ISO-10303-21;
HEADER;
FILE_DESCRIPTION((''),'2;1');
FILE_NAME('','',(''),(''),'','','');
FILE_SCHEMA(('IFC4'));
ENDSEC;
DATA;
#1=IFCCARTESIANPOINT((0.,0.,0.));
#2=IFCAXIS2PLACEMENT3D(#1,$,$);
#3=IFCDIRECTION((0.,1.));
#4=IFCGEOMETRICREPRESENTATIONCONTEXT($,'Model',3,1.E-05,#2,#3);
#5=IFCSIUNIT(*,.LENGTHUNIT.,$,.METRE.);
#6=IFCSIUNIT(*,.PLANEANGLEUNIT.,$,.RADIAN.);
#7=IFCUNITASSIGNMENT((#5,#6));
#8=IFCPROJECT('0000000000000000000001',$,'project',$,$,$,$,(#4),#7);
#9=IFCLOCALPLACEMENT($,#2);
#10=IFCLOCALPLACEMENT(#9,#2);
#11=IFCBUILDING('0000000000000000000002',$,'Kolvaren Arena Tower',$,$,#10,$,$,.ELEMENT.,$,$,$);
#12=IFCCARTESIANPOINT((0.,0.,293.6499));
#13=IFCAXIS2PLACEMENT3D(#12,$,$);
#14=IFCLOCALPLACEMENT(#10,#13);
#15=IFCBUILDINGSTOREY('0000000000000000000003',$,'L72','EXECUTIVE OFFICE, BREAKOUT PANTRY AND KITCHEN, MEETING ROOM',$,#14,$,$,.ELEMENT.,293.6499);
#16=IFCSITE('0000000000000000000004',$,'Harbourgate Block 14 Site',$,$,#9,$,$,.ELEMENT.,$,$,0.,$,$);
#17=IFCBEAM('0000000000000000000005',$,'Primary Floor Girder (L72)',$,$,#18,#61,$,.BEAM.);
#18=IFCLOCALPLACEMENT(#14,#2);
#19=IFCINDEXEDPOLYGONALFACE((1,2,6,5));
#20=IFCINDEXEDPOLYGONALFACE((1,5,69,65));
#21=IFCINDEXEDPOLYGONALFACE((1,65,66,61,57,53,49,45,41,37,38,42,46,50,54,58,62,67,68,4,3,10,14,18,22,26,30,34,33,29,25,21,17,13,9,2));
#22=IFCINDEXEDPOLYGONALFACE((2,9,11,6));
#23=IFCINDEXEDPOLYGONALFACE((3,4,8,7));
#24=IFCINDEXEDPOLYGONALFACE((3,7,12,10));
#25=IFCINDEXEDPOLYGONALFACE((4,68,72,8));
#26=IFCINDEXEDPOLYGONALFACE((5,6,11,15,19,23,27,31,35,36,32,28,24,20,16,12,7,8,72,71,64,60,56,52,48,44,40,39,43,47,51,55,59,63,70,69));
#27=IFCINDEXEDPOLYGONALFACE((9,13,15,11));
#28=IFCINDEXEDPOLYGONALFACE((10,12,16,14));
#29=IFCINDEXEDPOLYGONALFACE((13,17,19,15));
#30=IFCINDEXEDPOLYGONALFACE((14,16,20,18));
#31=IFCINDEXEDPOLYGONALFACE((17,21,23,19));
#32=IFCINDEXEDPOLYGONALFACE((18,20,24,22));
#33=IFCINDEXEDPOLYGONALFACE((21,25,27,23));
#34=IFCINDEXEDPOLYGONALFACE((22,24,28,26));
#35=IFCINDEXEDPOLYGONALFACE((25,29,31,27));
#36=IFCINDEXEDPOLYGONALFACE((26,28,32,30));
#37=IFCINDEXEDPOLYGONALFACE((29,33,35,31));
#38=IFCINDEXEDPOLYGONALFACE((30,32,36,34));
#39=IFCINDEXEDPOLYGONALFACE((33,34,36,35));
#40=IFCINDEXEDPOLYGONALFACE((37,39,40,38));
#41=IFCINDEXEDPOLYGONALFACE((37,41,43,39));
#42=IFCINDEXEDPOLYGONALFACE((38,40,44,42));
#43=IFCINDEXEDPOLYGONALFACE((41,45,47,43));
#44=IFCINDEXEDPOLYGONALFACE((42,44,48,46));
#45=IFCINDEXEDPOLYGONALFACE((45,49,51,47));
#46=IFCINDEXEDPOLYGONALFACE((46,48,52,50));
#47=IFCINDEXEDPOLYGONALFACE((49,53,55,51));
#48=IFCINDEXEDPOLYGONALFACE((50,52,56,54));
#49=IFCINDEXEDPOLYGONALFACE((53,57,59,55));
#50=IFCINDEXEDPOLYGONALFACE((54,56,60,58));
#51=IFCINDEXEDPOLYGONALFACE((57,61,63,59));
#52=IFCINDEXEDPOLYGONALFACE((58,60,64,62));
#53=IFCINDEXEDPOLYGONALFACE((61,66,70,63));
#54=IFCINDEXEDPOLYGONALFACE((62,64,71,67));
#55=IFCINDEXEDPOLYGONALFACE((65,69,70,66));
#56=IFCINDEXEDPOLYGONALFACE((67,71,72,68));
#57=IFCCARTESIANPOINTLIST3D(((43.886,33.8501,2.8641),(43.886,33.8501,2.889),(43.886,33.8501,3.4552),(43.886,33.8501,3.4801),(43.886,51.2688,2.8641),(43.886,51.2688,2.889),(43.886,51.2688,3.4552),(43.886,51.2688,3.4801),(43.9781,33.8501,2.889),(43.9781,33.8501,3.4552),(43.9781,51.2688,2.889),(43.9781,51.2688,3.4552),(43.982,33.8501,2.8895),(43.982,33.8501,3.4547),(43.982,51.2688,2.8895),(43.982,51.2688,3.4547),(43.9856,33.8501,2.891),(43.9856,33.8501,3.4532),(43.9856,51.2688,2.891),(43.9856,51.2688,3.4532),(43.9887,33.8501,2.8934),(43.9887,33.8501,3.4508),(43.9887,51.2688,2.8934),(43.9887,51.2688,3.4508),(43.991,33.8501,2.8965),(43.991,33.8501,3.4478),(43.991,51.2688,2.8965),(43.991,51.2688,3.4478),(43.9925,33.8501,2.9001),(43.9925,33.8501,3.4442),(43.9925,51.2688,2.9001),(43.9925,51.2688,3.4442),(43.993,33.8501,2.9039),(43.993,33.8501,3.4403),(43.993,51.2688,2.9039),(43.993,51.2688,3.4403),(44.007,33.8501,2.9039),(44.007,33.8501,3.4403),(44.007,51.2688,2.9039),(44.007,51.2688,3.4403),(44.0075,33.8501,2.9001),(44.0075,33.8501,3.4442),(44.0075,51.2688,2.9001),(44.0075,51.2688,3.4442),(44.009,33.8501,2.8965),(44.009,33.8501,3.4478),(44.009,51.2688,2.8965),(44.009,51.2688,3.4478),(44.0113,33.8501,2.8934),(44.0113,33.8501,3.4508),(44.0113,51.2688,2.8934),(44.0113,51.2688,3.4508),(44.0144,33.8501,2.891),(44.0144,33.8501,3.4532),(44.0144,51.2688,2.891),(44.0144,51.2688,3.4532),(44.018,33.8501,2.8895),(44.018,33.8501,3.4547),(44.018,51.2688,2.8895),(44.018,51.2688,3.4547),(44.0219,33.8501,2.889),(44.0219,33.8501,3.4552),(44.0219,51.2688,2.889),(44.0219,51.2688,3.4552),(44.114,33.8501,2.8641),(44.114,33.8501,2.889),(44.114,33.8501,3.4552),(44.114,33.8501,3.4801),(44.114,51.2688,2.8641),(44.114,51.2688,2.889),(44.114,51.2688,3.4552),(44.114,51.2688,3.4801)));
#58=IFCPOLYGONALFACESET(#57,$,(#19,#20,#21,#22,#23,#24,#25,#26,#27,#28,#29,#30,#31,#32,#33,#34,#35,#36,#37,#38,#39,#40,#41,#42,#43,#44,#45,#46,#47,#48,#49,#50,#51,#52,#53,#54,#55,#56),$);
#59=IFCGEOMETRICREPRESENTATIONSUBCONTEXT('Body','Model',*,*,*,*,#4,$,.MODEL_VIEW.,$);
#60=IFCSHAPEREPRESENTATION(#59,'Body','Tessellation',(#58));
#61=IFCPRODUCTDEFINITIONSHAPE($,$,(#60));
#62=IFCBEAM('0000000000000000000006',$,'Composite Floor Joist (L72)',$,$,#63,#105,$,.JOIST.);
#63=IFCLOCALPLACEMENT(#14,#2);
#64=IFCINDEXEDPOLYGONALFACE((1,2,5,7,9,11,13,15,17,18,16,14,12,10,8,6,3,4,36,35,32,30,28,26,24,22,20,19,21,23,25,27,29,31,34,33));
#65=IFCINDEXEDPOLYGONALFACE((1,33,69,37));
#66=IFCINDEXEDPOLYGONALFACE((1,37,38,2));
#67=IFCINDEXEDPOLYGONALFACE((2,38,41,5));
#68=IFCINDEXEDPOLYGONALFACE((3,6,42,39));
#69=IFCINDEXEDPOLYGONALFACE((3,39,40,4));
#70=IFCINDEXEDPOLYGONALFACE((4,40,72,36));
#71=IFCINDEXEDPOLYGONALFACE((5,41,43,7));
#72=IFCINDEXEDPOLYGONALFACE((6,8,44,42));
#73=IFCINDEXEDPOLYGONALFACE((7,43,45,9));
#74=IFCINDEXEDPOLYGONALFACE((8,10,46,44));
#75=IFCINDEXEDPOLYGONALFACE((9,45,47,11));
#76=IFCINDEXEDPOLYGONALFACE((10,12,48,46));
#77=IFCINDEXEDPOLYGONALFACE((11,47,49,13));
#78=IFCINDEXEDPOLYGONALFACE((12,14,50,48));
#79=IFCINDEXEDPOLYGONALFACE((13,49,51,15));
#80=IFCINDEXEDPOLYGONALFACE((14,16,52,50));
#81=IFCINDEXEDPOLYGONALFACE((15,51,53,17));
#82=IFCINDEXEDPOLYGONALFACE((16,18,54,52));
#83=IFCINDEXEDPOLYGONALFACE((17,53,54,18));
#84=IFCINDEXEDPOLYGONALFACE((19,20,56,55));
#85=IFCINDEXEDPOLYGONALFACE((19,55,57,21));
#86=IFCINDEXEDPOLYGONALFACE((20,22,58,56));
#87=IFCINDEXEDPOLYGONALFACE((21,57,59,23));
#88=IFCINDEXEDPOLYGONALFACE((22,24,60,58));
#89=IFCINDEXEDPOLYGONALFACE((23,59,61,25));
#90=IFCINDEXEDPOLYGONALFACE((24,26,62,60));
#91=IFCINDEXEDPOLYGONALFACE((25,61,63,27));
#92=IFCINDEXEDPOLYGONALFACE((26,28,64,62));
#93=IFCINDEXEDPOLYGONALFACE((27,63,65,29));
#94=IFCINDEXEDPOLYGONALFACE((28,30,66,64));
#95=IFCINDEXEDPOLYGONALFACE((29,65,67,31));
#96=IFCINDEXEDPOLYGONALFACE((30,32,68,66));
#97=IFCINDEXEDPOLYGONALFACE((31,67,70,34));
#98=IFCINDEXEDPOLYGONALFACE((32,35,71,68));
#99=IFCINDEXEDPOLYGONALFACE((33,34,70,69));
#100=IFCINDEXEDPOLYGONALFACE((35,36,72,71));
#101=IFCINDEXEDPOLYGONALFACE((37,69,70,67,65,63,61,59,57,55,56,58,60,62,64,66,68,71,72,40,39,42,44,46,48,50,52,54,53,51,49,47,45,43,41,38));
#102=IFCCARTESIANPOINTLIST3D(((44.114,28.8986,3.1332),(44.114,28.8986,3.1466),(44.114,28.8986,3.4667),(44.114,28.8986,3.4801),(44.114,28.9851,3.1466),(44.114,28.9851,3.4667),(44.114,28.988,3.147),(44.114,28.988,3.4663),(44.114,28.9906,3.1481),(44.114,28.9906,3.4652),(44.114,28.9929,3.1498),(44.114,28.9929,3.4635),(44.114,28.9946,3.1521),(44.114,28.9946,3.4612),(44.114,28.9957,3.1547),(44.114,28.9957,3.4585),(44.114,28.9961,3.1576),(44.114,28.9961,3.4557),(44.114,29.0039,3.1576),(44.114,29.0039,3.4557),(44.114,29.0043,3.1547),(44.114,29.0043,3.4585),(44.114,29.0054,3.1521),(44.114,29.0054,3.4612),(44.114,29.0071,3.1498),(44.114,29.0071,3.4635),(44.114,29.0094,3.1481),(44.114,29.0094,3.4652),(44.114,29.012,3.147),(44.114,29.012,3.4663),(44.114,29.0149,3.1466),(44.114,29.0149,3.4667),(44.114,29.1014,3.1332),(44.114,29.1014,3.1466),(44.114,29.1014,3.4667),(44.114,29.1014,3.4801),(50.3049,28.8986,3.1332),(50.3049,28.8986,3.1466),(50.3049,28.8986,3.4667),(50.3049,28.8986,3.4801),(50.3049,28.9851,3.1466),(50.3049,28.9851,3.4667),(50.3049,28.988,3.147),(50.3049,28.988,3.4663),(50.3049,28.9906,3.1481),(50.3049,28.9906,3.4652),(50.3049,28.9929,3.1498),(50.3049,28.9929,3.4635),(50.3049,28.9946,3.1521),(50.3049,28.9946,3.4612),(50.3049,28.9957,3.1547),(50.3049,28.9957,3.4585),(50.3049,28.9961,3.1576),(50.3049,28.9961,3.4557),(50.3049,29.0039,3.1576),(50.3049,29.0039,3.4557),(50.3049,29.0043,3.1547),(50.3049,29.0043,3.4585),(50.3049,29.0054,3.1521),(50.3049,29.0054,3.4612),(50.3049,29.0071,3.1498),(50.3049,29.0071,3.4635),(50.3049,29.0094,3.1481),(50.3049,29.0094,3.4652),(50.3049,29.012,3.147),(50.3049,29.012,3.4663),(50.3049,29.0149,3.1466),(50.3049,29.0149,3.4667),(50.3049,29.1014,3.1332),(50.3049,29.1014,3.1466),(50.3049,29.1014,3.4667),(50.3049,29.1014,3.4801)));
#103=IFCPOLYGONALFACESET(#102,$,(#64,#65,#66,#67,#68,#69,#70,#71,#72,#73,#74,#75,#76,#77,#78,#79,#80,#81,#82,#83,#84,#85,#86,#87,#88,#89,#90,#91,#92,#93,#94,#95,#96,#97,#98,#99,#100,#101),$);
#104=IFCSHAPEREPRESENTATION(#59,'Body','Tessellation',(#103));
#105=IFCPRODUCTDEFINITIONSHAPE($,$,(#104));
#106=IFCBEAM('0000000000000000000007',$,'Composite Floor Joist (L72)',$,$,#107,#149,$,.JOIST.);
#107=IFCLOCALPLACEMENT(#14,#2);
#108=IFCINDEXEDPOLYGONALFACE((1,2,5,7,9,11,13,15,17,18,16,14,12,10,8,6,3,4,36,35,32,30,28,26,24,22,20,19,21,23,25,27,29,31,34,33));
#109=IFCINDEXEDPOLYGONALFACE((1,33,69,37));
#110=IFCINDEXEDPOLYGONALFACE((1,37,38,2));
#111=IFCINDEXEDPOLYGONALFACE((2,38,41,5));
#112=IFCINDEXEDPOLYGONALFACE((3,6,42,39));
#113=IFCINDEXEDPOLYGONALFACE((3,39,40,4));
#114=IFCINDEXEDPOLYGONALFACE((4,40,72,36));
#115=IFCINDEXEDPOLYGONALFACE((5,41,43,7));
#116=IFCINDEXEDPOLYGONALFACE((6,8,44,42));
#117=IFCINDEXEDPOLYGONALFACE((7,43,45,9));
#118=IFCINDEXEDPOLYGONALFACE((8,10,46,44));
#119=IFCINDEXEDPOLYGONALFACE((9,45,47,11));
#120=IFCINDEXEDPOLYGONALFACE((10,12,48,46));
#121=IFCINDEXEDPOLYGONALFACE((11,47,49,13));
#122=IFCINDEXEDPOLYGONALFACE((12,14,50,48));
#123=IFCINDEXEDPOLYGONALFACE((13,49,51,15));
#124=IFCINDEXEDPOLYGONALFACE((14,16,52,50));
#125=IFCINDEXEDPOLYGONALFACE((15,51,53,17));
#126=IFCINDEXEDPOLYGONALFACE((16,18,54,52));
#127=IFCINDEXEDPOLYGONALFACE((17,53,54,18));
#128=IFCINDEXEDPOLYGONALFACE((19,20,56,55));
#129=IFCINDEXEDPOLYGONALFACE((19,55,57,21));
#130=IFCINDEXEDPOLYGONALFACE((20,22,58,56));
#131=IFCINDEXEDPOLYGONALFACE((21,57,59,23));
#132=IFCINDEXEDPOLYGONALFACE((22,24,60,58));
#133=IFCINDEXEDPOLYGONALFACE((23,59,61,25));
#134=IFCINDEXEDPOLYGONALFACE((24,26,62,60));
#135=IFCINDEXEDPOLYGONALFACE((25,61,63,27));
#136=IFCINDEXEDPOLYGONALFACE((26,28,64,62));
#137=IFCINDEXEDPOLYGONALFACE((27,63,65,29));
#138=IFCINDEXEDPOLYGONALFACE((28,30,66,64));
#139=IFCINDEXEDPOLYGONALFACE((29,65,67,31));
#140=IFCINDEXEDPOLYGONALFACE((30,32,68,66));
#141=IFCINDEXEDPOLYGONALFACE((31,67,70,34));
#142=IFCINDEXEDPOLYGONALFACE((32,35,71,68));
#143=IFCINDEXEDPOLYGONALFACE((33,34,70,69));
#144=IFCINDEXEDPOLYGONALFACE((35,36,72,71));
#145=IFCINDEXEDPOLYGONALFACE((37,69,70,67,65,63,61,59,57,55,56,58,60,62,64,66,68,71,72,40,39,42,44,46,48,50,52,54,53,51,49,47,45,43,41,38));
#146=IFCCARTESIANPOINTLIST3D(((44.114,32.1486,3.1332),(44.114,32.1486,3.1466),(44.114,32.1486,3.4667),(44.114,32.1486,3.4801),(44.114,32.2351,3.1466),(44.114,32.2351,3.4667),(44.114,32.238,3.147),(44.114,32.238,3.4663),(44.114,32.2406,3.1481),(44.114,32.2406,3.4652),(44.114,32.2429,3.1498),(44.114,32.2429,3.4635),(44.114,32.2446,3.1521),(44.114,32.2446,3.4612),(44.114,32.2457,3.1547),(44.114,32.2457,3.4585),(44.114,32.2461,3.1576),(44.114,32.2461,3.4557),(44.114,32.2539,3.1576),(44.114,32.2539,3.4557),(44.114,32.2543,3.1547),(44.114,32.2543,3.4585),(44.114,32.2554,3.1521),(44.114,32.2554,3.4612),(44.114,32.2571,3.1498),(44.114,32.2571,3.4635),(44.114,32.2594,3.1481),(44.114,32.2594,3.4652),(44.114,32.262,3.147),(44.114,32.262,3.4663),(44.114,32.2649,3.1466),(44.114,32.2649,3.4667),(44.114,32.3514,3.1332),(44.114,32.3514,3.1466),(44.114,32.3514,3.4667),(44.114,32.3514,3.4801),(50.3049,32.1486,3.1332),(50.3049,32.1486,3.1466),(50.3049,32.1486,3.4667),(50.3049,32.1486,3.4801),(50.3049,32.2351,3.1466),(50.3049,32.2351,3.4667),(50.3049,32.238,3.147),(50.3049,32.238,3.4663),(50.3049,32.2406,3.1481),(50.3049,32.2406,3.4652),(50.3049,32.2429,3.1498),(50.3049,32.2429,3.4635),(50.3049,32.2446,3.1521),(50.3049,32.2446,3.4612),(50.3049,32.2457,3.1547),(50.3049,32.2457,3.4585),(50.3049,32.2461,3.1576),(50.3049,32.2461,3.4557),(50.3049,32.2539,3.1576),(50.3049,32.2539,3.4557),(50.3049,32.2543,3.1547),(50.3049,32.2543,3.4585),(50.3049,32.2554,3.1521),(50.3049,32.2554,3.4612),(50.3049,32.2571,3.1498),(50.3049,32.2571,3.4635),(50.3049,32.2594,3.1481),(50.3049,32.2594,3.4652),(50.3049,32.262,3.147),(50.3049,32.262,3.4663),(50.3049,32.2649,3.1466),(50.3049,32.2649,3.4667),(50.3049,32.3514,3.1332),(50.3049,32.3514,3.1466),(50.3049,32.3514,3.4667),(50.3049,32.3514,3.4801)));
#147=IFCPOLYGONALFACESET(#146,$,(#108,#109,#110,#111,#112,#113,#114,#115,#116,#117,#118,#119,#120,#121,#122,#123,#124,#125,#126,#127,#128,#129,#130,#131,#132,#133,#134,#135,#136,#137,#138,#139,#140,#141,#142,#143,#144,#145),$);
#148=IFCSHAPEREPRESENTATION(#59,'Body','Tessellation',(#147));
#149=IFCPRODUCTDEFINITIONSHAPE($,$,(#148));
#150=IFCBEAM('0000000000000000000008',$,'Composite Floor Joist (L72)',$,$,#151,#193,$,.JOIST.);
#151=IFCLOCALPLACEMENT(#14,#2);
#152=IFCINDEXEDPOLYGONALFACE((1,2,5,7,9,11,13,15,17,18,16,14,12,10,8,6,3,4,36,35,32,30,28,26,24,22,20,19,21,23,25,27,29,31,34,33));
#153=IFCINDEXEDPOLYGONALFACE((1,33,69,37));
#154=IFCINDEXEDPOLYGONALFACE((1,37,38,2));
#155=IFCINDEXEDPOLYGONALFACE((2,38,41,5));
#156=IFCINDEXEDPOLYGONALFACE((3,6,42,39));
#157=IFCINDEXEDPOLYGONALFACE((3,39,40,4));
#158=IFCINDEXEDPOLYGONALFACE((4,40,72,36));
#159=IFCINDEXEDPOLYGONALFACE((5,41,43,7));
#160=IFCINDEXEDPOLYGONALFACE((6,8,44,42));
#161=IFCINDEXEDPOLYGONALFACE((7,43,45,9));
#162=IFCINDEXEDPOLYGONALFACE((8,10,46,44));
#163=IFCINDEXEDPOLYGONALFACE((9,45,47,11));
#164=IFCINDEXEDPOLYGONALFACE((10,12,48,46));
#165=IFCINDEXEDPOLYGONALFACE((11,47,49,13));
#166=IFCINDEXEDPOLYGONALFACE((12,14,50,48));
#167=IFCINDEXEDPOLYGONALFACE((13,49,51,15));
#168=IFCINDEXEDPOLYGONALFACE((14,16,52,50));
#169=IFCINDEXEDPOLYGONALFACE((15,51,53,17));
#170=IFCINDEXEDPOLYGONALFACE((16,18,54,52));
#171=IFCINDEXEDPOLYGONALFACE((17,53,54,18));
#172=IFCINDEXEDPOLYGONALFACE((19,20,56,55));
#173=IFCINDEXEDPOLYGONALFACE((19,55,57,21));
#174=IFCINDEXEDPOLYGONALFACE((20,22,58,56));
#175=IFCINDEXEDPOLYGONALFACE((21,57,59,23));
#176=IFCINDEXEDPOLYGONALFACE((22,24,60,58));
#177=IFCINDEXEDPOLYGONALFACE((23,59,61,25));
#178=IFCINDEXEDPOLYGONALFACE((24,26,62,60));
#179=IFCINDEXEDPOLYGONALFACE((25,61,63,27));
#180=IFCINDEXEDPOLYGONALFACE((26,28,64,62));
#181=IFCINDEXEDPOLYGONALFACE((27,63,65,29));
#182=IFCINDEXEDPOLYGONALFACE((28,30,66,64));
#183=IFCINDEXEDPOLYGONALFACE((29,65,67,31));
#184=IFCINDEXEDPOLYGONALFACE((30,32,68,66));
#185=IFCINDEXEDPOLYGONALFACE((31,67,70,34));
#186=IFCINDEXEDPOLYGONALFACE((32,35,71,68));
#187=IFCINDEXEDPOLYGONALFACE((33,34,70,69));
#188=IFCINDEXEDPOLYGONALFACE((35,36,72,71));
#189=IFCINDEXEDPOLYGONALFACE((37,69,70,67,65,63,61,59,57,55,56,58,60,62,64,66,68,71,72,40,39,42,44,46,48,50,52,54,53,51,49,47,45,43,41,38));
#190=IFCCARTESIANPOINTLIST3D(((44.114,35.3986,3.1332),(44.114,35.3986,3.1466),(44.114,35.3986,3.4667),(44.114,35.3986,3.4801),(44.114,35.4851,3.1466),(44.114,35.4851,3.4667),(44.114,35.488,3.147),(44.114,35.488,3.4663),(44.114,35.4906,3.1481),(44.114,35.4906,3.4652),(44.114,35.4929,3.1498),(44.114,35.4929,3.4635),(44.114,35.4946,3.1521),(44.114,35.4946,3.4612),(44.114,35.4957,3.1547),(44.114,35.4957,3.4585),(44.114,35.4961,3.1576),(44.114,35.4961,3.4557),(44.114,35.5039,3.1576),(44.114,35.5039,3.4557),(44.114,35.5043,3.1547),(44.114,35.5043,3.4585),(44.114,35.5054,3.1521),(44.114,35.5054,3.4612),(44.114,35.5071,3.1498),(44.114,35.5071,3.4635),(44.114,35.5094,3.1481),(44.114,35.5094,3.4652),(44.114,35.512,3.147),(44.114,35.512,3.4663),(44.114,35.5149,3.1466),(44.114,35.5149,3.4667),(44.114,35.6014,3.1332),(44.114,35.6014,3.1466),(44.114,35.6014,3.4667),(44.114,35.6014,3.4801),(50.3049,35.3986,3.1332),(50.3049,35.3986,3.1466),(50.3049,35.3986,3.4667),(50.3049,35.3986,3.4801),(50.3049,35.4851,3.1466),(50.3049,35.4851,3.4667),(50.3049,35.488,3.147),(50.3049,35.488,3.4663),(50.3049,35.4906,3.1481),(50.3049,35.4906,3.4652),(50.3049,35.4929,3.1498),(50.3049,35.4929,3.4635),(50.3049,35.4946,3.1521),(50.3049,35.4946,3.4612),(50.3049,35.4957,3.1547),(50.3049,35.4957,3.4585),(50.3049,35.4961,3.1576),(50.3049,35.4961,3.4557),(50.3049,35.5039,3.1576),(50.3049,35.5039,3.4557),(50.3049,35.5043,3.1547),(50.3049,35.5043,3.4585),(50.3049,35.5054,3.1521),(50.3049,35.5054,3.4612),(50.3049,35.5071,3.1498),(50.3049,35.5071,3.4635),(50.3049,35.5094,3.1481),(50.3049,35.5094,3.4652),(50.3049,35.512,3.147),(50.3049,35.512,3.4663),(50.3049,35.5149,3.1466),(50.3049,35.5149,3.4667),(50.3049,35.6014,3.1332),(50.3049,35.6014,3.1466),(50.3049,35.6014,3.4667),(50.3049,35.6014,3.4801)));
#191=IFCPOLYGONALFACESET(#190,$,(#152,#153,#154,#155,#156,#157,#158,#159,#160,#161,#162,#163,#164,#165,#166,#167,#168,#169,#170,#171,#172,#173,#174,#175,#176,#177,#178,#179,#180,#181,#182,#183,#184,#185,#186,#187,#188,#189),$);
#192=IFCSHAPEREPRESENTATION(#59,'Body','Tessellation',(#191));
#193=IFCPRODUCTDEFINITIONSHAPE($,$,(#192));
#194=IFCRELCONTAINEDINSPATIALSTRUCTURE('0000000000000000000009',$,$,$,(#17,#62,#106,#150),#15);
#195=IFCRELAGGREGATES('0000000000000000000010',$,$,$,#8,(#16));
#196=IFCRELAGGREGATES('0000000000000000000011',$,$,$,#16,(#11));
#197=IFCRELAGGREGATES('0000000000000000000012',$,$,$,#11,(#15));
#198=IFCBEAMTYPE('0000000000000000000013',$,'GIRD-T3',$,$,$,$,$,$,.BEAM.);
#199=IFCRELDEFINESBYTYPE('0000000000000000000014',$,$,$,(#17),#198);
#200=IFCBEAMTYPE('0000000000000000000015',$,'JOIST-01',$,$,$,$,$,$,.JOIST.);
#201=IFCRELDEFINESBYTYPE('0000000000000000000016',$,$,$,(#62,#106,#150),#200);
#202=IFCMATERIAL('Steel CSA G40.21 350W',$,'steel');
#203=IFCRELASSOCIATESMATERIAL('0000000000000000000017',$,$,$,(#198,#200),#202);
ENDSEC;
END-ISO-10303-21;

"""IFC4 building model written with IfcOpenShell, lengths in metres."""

from ifc_helpers import new_model, si_unit, direction, frame, origin, origin_2d, place, context, subcontext, project, spatial, i_section, extrude, material, material_profile, profile_set, type_object, element, save


model = new_model("IFC4")

# Units and contexts
model_context = context("Model", 3, precision=1e-05, world=origin(), true_north=direction((0.0, 1.0)))
body_context = subcontext(model_context, "Body", "Model", "MODEL_VIEW")
ifc_project = project(units=[si_unit("LENGTHUNIT", "METRE"), si_unit("PLANEANGLEUNIT", "RADIAN")], contexts=[model_context])

# Site, building, storey
site_placement = place(None, origin())
site = spatial("IfcSite", under=ifc_project, at=site_placement, Name="Harbourgate Block 14 Site", CompositionType="ELEMENT", RefElevation=0.0)
building_placement = place(site_placement, origin())
building = spatial("IfcBuilding", under=site, at=building_placement, Name="Kolvaren Arena Tower", CompositionType="ELEMENT")
storey_placement = place(building_placement, frame((0.0, 0.0, 293.6499)))
storey = spatial("IfcBuildingStorey", under=building, at=storey_placement, Name="L72", Description="EXECUTIVE OFFICE, BREAKOUT PANTRY AND KITCHEN, MEETING ROOM", CompositionType="ELEMENT", Elevation=293.6499)

# Beams
ifc_material_1 = material(Name="Steel CSA G40.21 350W", Category="steel")
ifc_material_profile_1 = material_profile(ifc_material_1, i_section(OverallWidth=0.228, OverallDepth=0.616, WebThickness=0.0139, FlangeThickness=0.0249, FilletRadius=0.0149, at=origin_2d()), Name="W610x174")
ifc_profile_set_1 = profile_set([ifc_material_profile_1], Name="Steel CSA G40.21 350W")
beam_type_1 = type_object("IfcBeamType", Name="GIRD-T3", PredefinedType="BEAM", material=ifc_profile_set_1)
beam_1_placement = place(storey_placement, frame((44.0, 33.8501, 3.1721), z_axis=(0.0, 1.0, 0.0), x_axis=(-1.0, 0.0, 0.0)))
element("IfcBeam", 1, at=beam_1_placement, inside=storey, type_object=beam_type_1, Name="Primary Floor Girder (L72)", PredefinedType="BEAM", context=body_context, shape_type="SweptSolid", body=[
    extrude(i_section(OverallWidth=0.228, OverallDepth=0.616, WebThickness=0.0139, FlangeThickness=0.0249, FilletRadius=0.0149, at=origin_2d()), origin(), (0.0, 0.0, 1.0), 17.4187),
])
ifc_material_profile_2 = material_profile(ifc_material_1, i_section(OverallWidth=0.2029, OverallDepth=0.3469, WebThickness=0.0078, FlangeThickness=0.0134, FilletRadius=0.011, at=origin_2d()), Name="W360x64")
ifc_profile_set_2 = profile_set([ifc_material_profile_2], Name="Steel CSA G40.21 350W")
beam_type_2 = type_object("IfcBeamType", Name="JOIST-01", PredefinedType="JOIST", material=ifc_profile_set_2)
for number, where, z_axis, x_axis, name in (
    (2, (44.114, 29.0, 3.3066), (1.0, 0.0, 0.0), (0.0, 1.0, 0.0), "Composite Floor Joist (L72)"),
    (3, (44.114, 32.25, 3.3066), (1.0, 0.0, 0.0), (0.0, 1.0, 0.0), "Composite Floor Joist (L72)"),
    (4, (44.114, 35.5, 3.3066), (1.0, 0.0, 0.0), (0.0, 1.0, 0.0), "Composite Floor Joist (L72)"),
):
    element("IfcBeam", number, at=place(storey_placement, frame(where, z_axis=z_axis, x_axis=x_axis)), inside=storey, type_object=beam_type_2, Name=name, PredefinedType="JOIST", context=body_context, shape_type="SweptSolid", body=[
        extrude(i_section(OverallWidth=0.2029, OverallDepth=0.3469, WebThickness=0.0078, FlangeThickness=0.0134, FilletRadius=0.011, at=origin_2d()), origin(), (0.0, 0.0, 1.0), 6.1909),
    ])

save(model, "model.ifc")
